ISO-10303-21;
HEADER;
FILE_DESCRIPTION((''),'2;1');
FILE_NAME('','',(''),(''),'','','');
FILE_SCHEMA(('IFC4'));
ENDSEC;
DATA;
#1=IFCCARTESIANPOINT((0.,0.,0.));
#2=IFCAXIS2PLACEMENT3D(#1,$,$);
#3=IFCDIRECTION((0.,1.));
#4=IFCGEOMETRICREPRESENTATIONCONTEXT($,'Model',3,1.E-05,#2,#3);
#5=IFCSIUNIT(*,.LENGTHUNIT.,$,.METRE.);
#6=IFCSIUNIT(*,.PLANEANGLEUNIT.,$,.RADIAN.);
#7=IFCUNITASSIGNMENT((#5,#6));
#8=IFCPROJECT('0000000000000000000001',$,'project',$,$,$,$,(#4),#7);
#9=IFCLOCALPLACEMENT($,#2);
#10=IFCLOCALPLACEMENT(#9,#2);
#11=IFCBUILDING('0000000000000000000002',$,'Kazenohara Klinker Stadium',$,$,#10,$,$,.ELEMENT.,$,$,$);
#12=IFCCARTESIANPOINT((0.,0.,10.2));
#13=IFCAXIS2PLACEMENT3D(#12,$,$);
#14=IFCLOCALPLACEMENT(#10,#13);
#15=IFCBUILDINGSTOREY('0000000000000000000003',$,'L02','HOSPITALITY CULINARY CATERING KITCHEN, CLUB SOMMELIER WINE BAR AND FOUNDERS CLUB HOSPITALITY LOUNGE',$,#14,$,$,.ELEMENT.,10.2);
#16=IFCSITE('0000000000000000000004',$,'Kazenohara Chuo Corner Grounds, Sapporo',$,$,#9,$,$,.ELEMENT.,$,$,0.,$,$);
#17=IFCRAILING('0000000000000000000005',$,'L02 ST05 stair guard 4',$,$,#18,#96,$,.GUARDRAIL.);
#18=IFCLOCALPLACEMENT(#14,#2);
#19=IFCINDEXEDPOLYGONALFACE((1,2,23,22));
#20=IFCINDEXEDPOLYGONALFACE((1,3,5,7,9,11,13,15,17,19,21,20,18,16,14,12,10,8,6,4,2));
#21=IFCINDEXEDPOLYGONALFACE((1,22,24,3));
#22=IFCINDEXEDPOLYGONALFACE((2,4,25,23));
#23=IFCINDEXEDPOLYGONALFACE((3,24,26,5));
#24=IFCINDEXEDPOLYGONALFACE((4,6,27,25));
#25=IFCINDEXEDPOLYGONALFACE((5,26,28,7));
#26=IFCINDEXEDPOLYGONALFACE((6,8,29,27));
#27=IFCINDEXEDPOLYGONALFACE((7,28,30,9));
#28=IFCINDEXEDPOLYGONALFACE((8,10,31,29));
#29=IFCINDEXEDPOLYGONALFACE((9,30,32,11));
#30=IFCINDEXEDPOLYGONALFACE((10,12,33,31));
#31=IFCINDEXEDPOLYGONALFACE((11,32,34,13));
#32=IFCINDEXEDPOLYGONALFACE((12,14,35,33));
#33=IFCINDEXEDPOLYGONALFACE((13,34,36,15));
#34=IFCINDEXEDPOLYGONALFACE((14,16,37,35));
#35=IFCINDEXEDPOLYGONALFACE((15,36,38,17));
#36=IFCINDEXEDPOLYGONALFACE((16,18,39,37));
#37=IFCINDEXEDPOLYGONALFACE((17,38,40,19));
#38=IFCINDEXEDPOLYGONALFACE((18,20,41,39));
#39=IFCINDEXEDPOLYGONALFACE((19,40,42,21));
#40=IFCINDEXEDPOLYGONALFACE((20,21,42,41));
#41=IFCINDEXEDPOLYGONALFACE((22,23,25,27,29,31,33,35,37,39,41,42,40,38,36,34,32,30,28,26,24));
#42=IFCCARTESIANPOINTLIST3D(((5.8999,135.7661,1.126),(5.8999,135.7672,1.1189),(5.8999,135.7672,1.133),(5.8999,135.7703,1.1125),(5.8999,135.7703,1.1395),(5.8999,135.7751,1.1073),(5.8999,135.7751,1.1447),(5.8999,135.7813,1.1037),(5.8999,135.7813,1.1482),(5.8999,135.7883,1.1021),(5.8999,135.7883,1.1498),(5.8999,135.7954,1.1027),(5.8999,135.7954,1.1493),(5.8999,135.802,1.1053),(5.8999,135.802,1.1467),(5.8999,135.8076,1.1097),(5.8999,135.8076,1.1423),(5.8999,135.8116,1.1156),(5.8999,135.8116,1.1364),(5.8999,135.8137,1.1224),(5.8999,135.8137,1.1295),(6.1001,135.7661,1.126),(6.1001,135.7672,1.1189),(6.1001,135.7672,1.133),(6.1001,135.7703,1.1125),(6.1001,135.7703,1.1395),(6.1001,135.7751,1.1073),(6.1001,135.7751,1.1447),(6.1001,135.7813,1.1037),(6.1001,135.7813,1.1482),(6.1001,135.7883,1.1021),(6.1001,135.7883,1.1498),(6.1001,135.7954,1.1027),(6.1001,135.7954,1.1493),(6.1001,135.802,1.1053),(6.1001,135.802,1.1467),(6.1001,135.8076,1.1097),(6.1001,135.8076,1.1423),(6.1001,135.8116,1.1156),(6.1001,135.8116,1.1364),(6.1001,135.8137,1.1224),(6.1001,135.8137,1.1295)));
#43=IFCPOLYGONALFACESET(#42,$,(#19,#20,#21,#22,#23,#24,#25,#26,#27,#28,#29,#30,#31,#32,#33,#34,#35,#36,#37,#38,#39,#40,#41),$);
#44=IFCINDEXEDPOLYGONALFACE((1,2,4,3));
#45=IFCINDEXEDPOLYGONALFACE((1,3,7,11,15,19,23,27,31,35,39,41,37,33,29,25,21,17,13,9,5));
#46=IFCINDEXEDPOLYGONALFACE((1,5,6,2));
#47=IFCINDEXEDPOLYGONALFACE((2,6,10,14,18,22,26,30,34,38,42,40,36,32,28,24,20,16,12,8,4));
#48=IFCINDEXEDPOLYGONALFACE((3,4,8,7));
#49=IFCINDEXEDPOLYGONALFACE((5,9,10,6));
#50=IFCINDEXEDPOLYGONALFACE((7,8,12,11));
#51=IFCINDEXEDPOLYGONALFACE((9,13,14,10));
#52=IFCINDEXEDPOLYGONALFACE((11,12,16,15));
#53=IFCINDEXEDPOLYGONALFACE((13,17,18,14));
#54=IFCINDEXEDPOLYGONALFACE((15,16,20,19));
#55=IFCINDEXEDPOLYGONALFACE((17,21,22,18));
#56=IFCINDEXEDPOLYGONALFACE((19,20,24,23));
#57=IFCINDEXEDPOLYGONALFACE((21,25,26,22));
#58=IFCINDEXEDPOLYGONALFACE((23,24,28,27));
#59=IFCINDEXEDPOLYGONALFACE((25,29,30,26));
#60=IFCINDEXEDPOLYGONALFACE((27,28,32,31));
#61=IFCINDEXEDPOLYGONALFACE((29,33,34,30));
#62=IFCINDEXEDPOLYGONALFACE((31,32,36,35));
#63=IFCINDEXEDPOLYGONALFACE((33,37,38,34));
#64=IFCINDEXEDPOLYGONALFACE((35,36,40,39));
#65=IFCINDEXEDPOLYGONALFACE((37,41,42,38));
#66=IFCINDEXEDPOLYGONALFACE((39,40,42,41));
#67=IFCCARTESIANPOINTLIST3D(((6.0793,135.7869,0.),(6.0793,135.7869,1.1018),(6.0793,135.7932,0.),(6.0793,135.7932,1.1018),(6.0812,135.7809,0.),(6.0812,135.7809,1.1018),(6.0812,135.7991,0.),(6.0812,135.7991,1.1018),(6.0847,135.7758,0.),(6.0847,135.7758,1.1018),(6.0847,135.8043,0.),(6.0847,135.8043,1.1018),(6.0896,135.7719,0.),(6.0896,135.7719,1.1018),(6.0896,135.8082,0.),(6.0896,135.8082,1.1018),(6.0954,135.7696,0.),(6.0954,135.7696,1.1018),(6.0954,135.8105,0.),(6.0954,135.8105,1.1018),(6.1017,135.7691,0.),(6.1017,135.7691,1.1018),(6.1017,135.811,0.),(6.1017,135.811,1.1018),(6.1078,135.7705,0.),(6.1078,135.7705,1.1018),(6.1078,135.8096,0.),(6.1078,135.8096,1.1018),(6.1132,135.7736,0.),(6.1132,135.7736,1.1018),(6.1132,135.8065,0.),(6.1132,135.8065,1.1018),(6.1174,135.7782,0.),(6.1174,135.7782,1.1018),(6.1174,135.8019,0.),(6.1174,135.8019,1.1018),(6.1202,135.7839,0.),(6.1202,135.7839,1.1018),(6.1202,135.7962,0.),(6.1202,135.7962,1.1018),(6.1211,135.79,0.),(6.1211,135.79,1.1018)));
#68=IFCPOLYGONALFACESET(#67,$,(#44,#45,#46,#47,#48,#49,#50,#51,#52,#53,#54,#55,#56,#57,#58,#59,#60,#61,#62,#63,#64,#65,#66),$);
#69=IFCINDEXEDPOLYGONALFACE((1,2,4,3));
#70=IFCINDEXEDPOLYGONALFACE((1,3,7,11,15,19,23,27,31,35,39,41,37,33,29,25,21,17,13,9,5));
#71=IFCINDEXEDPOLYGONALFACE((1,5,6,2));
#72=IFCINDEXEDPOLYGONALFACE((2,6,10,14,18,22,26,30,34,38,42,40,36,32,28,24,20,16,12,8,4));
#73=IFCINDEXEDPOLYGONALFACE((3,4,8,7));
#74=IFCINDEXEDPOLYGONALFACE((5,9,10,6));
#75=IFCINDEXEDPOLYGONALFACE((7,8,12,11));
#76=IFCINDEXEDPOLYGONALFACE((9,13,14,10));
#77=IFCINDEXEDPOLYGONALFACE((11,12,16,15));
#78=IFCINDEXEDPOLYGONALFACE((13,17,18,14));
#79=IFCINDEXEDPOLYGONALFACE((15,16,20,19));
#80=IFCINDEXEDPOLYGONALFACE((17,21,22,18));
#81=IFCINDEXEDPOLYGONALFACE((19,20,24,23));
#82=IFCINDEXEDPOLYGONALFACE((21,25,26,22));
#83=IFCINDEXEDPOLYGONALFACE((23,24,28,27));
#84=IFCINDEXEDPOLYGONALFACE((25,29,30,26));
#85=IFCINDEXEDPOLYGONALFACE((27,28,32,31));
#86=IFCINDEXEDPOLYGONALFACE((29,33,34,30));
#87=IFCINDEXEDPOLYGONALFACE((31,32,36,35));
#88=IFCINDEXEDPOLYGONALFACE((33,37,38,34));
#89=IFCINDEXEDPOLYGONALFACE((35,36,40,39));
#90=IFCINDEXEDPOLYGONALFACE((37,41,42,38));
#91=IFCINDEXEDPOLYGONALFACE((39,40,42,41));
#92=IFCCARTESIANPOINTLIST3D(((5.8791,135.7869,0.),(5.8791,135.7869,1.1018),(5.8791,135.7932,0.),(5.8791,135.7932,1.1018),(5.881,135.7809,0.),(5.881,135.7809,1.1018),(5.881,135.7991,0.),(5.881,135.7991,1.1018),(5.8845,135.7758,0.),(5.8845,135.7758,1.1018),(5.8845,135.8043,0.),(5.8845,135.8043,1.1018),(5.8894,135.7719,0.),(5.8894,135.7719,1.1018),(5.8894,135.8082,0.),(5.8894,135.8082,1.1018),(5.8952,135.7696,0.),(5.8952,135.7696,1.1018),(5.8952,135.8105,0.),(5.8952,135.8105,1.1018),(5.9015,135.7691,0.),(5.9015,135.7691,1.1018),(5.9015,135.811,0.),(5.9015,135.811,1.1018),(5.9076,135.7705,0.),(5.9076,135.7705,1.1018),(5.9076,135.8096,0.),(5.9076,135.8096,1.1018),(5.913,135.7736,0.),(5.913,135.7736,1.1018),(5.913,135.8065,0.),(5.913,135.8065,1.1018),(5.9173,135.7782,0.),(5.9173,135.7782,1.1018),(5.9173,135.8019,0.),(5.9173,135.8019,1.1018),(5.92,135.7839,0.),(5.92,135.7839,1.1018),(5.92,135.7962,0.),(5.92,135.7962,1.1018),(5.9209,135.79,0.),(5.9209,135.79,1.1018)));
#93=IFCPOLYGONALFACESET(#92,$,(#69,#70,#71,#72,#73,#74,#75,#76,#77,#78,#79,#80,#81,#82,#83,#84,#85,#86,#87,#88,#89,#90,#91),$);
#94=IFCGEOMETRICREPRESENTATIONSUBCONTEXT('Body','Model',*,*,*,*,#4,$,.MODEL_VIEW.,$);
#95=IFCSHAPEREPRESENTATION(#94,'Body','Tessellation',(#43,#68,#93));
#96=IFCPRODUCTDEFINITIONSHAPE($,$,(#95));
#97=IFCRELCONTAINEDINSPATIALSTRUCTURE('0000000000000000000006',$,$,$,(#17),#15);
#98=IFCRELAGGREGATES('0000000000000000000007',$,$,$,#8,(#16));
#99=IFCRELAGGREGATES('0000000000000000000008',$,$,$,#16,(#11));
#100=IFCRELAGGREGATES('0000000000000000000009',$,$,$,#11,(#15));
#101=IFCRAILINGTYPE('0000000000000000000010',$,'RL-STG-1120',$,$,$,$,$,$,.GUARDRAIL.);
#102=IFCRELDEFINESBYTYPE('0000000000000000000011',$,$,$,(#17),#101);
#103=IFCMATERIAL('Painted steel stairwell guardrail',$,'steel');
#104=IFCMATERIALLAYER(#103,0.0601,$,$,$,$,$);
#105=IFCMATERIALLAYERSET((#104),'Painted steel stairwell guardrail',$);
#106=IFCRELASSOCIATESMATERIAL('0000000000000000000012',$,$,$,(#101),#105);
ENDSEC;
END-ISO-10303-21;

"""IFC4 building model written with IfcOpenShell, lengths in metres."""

from ifc_helpers import new_model, si_unit, direction, frame, origin, origin_2d, place, context, subcontext, project, spatial, circle, extrude, material, layer, layer_set, type_object, element, save


model = new_model("IFC4")

# Units and contexts
model_context = context("Model", 3, precision=1e-05, world=origin(), true_north=direction((0.0, 1.0)))
body_context = subcontext(model_context, "Body", "Model", "MODEL_VIEW")
ifc_project = project(units=[si_unit("LENGTHUNIT", "METRE"), si_unit("PLANEANGLEUNIT", "RADIAN")], contexts=[model_context])

# Site, building, storey
site_placement = place(None, origin())
site = spatial("IfcSite", under=ifc_project, at=site_placement, Name="Kazenohara Chuo Corner Grounds, Sapporo", CompositionType="ELEMENT", RefElevation=0.0)
building_placement = place(site_placement, origin())
building = spatial("IfcBuilding", under=site, at=building_placement, Name="Kazenohara Klinker Stadium", CompositionType="ELEMENT")
storey_placement = place(building_placement, frame((0.0, 0.0, 10.2)))
storey = spatial("IfcBuildingStorey", under=building, at=storey_placement, Name="L02", Description="HOSPITALITY CULINARY CATERING KITCHEN, CLUB SOMMELIER WINE BAR AND FOUNDERS CLUB HOSPITALITY LOUNGE", CompositionType="ELEMENT", Elevation=10.2)

# Railing
ifc_material_1 = material(Name="Painted steel stairwell guardrail", Category="steel")
ifc_layer_1 = layer(ifc_material_1, 0.0601)
ifc_layer_set_1 = layer_set([ifc_layer_1], Name="Painted steel stairwell guardrail")
railing_type_1 = type_object("IfcRailingType", Name="RL-STG-1120", PredefinedType="GUARDRAIL", material=ifc_layer_set_1)
railing_1_placement = place(storey_placement, frame((6.1001, 135.79, 0.0)))
element("IfcRailing", 1, at=railing_1_placement, inside=storey, type_object=railing_type_1, Name="L02 ST05 stair guard 4", PredefinedType="GUARDRAIL", context=body_context, shape_type="SweptSolid", body=[
    extrude(circle(Radius=0.0239, at=origin_2d()), frame((0.0, 0.0, 1.126), z_axis=(-1.0, 0.0, 0.0), x_axis=(0.0, -1.0, 0.0)), (0.0, 0.0, 1.0), 0.2002),
    extrude(circle(Radius=0.021, at=origin_2d()), origin(), (0.0, 0.0, 1.0), 1.1018),
    extrude(circle(Radius=0.021, at=origin_2d()), frame((-0.2002, 0.0, 0.0)), (0.0, 0.0, 1.0), 1.1018),
])

save(model, "model.ifc")
